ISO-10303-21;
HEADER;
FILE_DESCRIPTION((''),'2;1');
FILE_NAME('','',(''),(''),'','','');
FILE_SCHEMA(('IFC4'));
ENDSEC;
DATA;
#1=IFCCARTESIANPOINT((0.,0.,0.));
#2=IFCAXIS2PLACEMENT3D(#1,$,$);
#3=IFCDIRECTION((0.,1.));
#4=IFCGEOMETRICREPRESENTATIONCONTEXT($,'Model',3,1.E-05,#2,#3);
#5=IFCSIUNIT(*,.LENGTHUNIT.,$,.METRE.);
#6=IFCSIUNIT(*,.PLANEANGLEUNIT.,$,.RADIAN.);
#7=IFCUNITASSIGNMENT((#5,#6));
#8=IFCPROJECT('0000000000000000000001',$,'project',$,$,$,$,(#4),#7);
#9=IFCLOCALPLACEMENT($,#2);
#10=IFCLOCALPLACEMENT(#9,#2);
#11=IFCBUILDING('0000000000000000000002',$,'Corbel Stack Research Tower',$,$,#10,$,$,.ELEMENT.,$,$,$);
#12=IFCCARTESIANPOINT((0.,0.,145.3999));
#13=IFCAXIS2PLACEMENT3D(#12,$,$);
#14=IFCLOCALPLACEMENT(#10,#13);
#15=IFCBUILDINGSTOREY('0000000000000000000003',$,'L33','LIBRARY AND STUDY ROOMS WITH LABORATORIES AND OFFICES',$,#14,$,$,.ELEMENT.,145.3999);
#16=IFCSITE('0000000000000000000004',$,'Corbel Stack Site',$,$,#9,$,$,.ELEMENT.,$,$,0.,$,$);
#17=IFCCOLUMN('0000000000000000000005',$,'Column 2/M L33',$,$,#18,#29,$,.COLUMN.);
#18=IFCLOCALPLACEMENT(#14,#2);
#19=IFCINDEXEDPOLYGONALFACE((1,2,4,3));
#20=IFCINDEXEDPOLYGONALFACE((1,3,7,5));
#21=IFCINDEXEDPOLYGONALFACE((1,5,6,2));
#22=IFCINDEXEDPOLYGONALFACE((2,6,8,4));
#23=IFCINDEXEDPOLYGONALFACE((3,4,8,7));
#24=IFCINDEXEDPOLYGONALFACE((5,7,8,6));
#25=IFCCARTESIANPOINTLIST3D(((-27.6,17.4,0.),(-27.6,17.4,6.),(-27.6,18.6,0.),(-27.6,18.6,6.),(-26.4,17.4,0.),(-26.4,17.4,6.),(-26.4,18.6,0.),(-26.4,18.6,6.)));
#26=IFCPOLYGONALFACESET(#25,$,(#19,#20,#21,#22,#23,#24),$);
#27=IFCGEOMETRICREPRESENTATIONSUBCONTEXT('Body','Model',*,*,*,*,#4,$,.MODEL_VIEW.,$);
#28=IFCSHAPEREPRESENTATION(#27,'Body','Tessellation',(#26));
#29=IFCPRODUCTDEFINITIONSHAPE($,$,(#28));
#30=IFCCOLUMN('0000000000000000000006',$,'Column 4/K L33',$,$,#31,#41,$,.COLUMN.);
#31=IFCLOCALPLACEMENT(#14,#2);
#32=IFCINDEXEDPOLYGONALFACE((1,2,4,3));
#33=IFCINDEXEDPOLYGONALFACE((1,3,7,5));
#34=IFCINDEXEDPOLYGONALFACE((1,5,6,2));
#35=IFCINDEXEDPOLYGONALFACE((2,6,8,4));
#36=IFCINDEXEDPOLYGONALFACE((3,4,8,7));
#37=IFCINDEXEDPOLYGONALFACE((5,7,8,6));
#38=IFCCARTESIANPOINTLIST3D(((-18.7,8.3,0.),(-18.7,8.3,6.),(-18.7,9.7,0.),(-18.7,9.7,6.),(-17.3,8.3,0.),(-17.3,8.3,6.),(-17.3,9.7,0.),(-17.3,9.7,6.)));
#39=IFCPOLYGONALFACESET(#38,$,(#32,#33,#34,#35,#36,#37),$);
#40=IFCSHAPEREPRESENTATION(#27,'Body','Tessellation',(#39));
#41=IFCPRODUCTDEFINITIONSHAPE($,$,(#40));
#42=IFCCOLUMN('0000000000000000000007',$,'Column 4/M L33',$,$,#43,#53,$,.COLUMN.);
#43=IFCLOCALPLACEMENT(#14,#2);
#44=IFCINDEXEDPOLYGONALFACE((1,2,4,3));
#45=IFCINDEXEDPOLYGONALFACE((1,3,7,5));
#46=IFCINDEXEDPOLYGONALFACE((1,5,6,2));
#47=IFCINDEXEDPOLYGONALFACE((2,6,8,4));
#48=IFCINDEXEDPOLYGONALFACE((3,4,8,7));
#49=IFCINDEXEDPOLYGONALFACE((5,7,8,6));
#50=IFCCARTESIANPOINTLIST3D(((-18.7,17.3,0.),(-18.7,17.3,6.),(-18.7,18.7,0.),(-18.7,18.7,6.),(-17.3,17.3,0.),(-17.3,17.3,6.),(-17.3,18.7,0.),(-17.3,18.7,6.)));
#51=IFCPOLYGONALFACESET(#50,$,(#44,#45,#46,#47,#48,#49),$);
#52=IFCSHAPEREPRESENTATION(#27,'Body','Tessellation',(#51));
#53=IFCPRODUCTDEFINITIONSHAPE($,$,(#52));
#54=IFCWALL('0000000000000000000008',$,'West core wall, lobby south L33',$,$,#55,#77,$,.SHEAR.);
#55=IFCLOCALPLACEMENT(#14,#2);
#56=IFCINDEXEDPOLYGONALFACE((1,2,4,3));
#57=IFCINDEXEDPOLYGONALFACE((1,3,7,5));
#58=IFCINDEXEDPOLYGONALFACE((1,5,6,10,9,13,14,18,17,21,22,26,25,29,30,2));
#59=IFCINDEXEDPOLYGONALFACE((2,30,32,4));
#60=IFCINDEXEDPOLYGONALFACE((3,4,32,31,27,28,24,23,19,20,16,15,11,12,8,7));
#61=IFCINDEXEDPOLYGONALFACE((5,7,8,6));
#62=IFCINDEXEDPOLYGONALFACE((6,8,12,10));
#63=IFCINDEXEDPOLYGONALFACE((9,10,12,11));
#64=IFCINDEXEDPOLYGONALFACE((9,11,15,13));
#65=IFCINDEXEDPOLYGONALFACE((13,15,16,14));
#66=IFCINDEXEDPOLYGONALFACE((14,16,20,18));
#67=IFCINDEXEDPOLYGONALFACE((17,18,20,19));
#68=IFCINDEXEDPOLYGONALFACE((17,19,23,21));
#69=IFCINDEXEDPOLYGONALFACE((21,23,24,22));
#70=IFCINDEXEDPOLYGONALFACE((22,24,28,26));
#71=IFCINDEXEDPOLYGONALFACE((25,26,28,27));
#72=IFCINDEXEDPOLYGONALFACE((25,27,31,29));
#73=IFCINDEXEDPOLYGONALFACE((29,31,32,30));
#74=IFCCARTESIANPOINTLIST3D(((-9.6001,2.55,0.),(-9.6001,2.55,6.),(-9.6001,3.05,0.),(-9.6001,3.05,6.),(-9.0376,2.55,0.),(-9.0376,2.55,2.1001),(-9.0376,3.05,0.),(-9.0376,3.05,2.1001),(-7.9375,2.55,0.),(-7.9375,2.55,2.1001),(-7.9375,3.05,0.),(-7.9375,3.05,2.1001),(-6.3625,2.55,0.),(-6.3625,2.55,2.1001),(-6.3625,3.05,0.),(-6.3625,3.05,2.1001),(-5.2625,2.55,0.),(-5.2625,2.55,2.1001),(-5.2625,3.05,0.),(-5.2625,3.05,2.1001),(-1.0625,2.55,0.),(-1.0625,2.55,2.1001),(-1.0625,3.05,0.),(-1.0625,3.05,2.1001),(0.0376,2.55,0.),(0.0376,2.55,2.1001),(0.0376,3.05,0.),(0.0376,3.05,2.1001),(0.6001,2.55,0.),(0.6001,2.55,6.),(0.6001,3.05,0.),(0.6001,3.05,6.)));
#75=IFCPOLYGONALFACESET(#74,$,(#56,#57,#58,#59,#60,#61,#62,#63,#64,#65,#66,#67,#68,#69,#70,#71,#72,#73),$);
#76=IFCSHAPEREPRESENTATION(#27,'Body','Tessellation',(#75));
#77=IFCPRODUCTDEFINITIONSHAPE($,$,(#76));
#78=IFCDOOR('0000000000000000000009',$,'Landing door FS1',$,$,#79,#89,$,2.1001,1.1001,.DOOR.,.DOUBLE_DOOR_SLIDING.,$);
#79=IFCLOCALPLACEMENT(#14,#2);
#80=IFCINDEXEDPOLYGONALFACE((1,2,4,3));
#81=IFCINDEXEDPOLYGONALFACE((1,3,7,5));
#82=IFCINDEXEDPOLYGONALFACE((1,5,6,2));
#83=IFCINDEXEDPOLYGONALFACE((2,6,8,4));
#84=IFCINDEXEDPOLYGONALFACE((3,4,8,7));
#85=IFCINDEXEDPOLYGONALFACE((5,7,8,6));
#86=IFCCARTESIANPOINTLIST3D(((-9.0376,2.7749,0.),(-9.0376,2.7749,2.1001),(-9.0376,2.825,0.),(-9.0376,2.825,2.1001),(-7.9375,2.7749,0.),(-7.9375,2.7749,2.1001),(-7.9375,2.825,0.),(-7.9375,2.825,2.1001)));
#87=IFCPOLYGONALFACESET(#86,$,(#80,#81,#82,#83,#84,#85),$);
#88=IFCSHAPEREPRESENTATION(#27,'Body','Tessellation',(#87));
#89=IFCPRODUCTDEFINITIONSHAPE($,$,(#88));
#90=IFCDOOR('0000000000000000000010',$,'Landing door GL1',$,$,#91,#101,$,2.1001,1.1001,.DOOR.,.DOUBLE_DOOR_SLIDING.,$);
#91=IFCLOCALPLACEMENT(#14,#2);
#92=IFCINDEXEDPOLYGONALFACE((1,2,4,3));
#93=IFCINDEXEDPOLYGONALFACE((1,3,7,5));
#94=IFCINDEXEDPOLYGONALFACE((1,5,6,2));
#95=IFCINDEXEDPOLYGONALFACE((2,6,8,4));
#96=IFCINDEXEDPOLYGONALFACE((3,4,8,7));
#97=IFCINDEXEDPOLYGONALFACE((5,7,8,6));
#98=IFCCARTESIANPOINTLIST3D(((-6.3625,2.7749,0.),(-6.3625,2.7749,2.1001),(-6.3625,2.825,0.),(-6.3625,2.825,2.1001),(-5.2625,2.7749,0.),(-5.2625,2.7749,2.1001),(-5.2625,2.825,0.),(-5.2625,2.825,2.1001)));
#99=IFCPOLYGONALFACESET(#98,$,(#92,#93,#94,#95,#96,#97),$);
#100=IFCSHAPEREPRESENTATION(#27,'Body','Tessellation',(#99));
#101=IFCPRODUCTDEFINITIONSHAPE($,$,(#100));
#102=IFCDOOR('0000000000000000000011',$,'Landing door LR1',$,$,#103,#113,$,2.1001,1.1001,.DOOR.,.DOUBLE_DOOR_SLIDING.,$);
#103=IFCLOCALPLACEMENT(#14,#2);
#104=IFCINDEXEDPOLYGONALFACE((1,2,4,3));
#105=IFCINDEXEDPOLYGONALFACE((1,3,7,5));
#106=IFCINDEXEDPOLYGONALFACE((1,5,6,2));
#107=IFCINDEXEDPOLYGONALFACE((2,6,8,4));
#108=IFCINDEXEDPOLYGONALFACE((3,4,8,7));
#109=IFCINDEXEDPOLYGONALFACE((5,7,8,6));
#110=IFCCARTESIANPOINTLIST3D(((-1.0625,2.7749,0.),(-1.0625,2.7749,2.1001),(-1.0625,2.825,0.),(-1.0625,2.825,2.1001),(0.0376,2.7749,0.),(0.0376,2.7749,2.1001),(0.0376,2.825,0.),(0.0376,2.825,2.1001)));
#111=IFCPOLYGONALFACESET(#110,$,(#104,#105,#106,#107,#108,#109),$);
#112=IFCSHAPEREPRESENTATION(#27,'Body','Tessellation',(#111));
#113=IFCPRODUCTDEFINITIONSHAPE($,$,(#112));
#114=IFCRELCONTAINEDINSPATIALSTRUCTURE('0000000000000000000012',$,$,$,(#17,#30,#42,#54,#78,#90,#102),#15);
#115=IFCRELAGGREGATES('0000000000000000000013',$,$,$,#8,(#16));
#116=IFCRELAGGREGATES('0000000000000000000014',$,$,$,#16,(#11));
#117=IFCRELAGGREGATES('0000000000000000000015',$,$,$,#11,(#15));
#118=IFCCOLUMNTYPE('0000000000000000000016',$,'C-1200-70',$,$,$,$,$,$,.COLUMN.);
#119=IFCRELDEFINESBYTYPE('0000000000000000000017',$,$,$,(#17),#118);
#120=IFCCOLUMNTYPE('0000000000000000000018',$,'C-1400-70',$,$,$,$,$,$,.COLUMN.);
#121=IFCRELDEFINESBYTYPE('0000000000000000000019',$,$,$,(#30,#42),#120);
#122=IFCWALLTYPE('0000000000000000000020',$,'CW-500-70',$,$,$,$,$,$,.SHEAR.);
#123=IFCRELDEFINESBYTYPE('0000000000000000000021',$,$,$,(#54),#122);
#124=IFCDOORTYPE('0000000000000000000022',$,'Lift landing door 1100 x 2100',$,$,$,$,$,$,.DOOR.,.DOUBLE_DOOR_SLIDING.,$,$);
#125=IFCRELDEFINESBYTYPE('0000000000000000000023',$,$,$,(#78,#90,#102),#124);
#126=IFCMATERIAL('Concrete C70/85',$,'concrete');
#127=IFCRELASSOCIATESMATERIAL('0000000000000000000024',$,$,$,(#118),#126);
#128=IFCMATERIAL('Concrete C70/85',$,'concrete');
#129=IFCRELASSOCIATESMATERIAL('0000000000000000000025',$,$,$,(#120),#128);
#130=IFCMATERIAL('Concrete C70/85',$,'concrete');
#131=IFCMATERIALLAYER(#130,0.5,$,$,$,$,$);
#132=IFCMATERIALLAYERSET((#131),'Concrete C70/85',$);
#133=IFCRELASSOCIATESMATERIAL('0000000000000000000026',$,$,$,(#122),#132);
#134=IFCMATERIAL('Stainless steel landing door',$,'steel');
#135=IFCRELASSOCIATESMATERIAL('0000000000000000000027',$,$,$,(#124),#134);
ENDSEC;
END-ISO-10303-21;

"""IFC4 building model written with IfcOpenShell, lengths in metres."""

from ifc_helpers import new_model, si_unit, direction, frame, frame_2d, origin, origin_2d, place, context, subcontext, project, spatial, rectangle, extrude, material, layer, layer_set, material_profile, profile_set, type_object, element, fill, save


model = new_model("IFC4")

# Units and contexts
model_context = context("Model", 3, precision=1e-05, world=origin(), true_north=direction((0.0, 1.0)))
body_context = subcontext(model_context, "Body", "Model", "MODEL_VIEW")
ifc_project = project(units=[si_unit("LENGTHUNIT", "METRE"), si_unit("PLANEANGLEUNIT", "RADIAN")], contexts=[model_context])

# Site, building, storey
site_placement = place(None, origin())
site = spatial("IfcSite", under=ifc_project, at=site_placement, Name="Corbel Stack Site", CompositionType="ELEMENT", RefElevation=0.0)
building_placement = place(site_placement, origin())
building = spatial("IfcBuilding", under=site, at=building_placement, Name="Corbel Stack Research Tower", CompositionType="ELEMENT")
storey_placement = place(building_placement, frame((0.0, 0.0, 145.3999)))
storey = spatial("IfcBuildingStorey", under=building, at=storey_placement, Name="L33", Description="LIBRARY AND STUDY ROOMS WITH LABORATORIES AND OFFICES", CompositionType="ELEMENT", Elevation=145.3999)

# Columns
ifc_material_1 = material(Name="Concrete C70/85", Category="concrete")
ifc_material_profile_1 = material_profile(ifc_material_1, rectangle(XDim=1.2, YDim=1.2, at=origin_2d()), Name="RC 1200 x 1200")
ifc_profile_set_1 = profile_set([ifc_material_profile_1], Name="Concrete C70/85")
column_type_1 = type_object("IfcColumnType", Name="C-1200-70", PredefinedType="COLUMN", material=ifc_profile_set_1)
column_placement = place(storey_placement, frame((-27.0, 18.0, 0.0), z_axis=(0.0, 0.0, 1.0), x_axis=(1.0, 0.0, 0.0)))
element("IfcColumn", 1, at=column_placement, inside=storey, type_object=column_type_1, Name="Column 2/M L33", PredefinedType="COLUMN", context=body_context, shape_type="SweptSolid", body=[
    extrude(rectangle(XDim=1.2, YDim=1.2, at=origin_2d()), origin(), (0.0, 0.0, 1.0), 6.0),
])
ifc_material_2 = material(Name="Concrete C70/85", Category="concrete")
ifc_material_profile_2 = material_profile(ifc_material_2, rectangle(XDim=1.3999, YDim=1.3999, at=origin_2d()), Name="RC 1400 x 1400")
ifc_profile_set_2 = profile_set([ifc_material_profile_2], Name="Concrete C70/85")
column_type_2 = type_object("IfcColumnType", Name="C-1400-70", PredefinedType="COLUMN", material=ifc_profile_set_2)
for number, where, z_axis, x_axis, name in (
    (2, (-18.0, 9.0, 0.0), (0.0, 0.0, 1.0), (1.0, 0.0, 0.0), "Column 4/K L33"),
    (3, (-18.0, 18.0, 0.0), (0.0, 0.0, 1.0), (1.0, 0.0, 0.0), "Column 4/M L33"),
):
    element("IfcColumn", number, at=place(storey_placement, frame(where, z_axis=z_axis, x_axis=x_axis)), inside=storey, type_object=column_type_2, Name=name, PredefinedType="COLUMN", context=body_context, shape_type="SweptSolid", body=[
        extrude(rectangle(XDim=1.3999, YDim=1.3999, at=origin_2d()), origin(), (0.0, 0.0, 1.0), 6.0),
    ])

# Wall, openings, doors
ifc_material_3 = material(Name="Concrete C70/85", Category="concrete")
ifc_layer_1 = layer(ifc_material_3, 0.5)
ifc_layer_set_1 = layer_set([ifc_layer_1], Name="Concrete C70/85")
wall_type_1 = type_object("IfcWallType", Name="CW-500-70", PredefinedType="SHEAR", material=ifc_layer_set_1)
wall_1_placement = place(storey_placement, frame((-9.6001, 2.8, 0.0), z_axis=(0.0, 0.0, 1.0), x_axis=(1.0, 0.0, 0.0)))
wall_1 = element("IfcWall", 4, at=wall_1_placement, inside=storey, type_object=wall_type_1, Name="West core wall, lobby south L33", PredefinedType="SHEAR", context=body_context, shape_type="SweptSolid", body=[
    extrude(rectangle(XDim=10.2002, YDim=0.5, at=frame_2d((5.1001, 0.0))), origin(), (0.0, 0.0, 1.0), 6.0),
])
opening_1_placement = place(wall_1_placement, frame((0.5625, 0.0, 0.0)))
opening_1 = element("IfcOpeningElement", 5, at=opening_1_placement, cuts=wall_1, PredefinedType="OPENING", context=body_context, shape_type="SweptSolid", body=[
    extrude(rectangle(XDim=1.1001, YDim=2.1001, at=frame_2d((0.55, 1.05))), frame((0.0, 0.26, 0.0), z_axis=(0.0, -1.0, 0.0), x_axis=(1.0, 0.0, 0.0)), (0.0, 0.0, 1.0), 0.52),
])
opening_2_placement = place(wall_1_placement, frame((3.2375, 0.0, 0.0)))
opening_2 = element("IfcOpeningElement", 6, at=opening_2_placement, cuts=wall_1, PredefinedType="OPENING", context=body_context, shape_type="SweptSolid", body=[
    extrude(rectangle(XDim=1.1001, YDim=2.1001, at=frame_2d((0.55, 1.05))), frame((0.0, 0.26, 0.0), z_axis=(0.0, -1.0, 0.0), x_axis=(1.0, 0.0, 0.0)), (0.0, 0.0, 1.0), 0.52),
])
opening_3_placement = place(wall_1_placement, frame((8.5376, 0.0, 0.0)))
opening_3 = element("IfcOpeningElement", 7, at=opening_3_placement, cuts=wall_1, PredefinedType="OPENING", context=body_context, shape_type="SweptSolid", body=[
    extrude(rectangle(XDim=1.1001, YDim=2.1001, at=frame_2d((0.55, 1.05))), frame((0.0, 0.26, 0.0), z_axis=(0.0, -1.0, 0.0), x_axis=(1.0, 0.0, 0.0)), (0.0, 0.0, 1.0), 0.52),
])
ifc_material_4 = material(Name="Stainless steel landing door", Category="steel")
door_type_1 = type_object("IfcDoorType", Name="Lift landing door 1100 x 2100", OperationType="DOUBLE_DOOR_SLIDING", PredefinedType="DOOR", material=ifc_material_4)
door_1_placement = place(opening_1_placement, origin())
door_1 = element("IfcDoor", 8, at=door_1_placement, inside=storey, type_object=door_type_1, Name="Landing door FS1", OperationType="DOUBLE_DOOR_SLIDING", OverallHeight=2.1001, OverallWidth=1.1001, PredefinedType="DOOR", context=body_context, shape_type="SweptSolid", body=[
    extrude(rectangle(XDim=1.1001, YDim=2.1001, at=frame_2d((0.55, 1.05))), frame((0.0, 0.0249, 0.0), z_axis=(0.0, -1.0, 0.0), x_axis=(1.0, 0.0, 0.0)), (0.0, 0.0, 1.0), 0.05),
])
fill(opening_1, door_1)
door_2_placement = place(opening_2_placement, origin())
door_2 = element("IfcDoor", 9, at=door_2_placement, inside=storey, type_object=door_type_1, Name="Landing door GL1", OperationType="DOUBLE_DOOR_SLIDING", OverallHeight=2.1001, OverallWidth=1.1001, PredefinedType="DOOR", context=body_context, shape_type="SweptSolid", body=[
    extrude(rectangle(XDim=1.1001, YDim=2.1001, at=frame_2d((0.55, 1.05))), frame((0.0, 0.0249, 0.0), z_axis=(0.0, -1.0, 0.0), x_axis=(1.0, 0.0, 0.0)), (0.0, 0.0, 1.0), 0.05),
])
fill(opening_2, door_2)
door_3_placement = place(opening_3_placement, origin())
door_3 = element("IfcDoor", 10, at=door_3_placement, inside=storey, type_object=door_type_1, Name="Landing door LR1", OperationType="DOUBLE_DOOR_SLIDING", OverallHeight=2.1001, OverallWidth=1.1001, PredefinedType="DOOR", context=body_context, shape_type="SweptSolid", body=[
    extrude(rectangle(XDim=1.1001, YDim=2.1001, at=frame_2d((0.55, 1.05))), frame((0.0, 0.0249, 0.0), z_axis=(0.0, -1.0, 0.0), x_axis=(1.0, 0.0, 0.0)), (0.0, 0.0, 1.0), 0.05),
])
fill(opening_3, door_3)

save(model, "model.ifc")
